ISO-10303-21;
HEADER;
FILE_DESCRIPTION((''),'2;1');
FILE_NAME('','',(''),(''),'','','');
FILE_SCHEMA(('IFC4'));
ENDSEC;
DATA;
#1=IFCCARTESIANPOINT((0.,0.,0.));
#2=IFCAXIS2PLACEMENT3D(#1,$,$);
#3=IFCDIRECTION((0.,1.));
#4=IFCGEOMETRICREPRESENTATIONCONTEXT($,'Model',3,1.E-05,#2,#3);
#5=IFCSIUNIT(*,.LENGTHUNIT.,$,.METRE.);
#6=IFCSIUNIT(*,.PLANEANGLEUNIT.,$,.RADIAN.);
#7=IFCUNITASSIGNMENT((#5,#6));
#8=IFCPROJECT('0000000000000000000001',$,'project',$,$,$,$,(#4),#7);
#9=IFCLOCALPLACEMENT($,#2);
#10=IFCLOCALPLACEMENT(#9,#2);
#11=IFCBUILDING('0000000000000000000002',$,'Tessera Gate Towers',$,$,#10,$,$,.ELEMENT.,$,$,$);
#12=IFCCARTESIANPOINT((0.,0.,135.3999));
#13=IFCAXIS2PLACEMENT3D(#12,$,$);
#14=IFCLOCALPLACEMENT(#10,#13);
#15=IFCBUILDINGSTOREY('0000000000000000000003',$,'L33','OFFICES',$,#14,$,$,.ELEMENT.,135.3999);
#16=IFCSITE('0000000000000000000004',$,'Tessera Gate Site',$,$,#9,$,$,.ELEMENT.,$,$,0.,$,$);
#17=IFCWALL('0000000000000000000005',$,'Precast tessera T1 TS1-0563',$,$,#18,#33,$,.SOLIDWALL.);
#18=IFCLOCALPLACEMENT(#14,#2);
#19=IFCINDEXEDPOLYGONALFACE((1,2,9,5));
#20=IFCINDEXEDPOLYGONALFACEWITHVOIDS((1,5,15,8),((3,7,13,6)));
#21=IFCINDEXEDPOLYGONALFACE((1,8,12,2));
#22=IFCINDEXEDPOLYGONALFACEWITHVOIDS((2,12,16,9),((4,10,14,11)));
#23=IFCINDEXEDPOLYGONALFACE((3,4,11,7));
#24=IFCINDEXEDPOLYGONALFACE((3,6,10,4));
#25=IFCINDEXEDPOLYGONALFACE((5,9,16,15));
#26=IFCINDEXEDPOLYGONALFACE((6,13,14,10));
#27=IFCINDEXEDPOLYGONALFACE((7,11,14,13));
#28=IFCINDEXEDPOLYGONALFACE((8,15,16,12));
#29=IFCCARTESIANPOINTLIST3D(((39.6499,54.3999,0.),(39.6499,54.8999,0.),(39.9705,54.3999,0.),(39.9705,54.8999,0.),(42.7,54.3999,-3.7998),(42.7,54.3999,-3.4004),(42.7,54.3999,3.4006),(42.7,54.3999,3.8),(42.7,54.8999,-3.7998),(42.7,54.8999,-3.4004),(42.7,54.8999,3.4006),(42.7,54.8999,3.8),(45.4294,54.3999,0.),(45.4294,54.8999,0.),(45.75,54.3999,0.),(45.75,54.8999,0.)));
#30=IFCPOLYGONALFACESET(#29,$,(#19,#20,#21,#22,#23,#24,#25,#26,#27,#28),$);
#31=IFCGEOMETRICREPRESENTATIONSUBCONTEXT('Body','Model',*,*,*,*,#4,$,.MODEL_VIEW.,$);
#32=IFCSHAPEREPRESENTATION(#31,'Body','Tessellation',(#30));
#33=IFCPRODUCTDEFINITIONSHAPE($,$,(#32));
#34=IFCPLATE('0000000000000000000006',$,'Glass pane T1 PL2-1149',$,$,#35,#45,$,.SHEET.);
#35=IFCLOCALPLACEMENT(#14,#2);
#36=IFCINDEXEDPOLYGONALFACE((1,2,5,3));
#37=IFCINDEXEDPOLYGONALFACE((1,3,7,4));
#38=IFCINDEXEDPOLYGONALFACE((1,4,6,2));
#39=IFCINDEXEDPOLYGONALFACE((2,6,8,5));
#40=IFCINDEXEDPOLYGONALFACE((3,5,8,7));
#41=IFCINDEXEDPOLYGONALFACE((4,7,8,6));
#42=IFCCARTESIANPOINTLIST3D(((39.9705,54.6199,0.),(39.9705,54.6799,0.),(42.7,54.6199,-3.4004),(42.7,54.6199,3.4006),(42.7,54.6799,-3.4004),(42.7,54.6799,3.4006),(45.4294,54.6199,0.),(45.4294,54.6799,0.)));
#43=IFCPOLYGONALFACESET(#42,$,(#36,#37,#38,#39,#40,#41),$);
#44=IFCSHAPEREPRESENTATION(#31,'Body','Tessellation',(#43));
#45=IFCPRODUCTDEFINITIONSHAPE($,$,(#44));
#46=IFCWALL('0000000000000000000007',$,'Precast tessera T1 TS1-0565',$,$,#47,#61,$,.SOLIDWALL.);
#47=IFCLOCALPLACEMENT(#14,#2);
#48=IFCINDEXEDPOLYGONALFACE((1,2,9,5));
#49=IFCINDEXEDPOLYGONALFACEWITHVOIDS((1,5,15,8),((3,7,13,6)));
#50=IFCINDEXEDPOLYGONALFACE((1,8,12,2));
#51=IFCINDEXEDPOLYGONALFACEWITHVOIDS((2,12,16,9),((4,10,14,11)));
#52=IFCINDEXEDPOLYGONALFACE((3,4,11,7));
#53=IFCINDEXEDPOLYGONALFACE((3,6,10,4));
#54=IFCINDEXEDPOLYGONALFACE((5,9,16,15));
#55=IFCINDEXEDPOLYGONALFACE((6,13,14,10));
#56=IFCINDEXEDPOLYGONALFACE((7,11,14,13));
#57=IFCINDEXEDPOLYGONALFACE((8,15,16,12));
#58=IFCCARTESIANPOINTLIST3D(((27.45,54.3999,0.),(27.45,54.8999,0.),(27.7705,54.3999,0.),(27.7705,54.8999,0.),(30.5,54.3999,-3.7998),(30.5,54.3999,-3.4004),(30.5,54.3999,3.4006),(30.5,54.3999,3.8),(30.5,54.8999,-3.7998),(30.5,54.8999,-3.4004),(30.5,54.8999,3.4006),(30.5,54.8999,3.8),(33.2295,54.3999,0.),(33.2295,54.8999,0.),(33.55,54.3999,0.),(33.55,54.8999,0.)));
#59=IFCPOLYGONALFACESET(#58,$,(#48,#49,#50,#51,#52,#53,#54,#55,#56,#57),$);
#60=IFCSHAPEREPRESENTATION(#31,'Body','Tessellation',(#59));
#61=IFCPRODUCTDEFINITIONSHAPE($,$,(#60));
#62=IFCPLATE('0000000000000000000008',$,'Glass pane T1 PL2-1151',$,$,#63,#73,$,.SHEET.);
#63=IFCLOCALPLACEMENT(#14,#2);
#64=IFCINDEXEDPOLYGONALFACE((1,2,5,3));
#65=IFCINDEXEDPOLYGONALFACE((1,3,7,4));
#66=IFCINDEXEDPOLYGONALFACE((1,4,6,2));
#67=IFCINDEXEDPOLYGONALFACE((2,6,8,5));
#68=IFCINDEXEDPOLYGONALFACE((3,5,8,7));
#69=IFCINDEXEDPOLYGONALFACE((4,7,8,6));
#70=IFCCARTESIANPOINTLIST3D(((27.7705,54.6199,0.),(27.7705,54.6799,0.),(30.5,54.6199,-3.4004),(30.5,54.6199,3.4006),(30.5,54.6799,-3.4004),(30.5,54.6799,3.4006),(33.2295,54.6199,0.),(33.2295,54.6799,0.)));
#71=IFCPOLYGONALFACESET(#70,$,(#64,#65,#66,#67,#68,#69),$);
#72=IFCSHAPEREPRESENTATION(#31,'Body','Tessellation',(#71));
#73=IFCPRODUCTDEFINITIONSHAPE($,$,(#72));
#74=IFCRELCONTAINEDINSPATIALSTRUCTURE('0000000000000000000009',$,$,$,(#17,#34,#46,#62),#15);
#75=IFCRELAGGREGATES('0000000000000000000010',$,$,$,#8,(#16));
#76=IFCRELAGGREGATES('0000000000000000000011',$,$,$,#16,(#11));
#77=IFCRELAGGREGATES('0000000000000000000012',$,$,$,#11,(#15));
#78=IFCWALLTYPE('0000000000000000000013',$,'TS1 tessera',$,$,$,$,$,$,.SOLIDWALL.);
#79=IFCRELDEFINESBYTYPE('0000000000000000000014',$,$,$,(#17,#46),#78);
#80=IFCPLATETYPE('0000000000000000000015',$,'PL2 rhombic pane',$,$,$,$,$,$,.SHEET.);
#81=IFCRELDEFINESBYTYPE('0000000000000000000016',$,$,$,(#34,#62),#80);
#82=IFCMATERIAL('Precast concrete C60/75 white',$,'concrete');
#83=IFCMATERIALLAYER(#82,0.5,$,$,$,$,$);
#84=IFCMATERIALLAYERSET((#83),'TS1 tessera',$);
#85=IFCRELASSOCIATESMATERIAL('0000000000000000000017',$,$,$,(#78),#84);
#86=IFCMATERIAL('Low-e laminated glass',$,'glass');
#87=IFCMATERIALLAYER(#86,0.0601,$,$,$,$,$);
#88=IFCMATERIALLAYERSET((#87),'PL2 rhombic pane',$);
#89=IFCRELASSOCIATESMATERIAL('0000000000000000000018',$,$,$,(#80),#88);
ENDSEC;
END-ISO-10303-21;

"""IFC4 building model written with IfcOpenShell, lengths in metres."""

from ifc_helpers import new_model, si_unit, direction, frame, origin, place, context, subcontext, project, spatial, polyline, outline, extrude, source, transform, mapped, material, layer, layer_set, type_object, element, fill, save


model = new_model("IFC4")

# Units and contexts
model_context = context("Model", 3, precision=1e-05, world=origin(), true_north=direction((0.0, 1.0)))
body_context = subcontext(model_context, "Body", "Model", "MODEL_VIEW")
ifc_project = project(units=[si_unit("LENGTHUNIT", "METRE"), si_unit("PLANEANGLEUNIT", "RADIAN")], contexts=[model_context])

# Site, building, storey
site_placement = place(None, origin())
site = spatial("IfcSite", under=ifc_project, at=site_placement, Name="Tessera Gate Site", CompositionType="ELEMENT", RefElevation=0.0)
building_placement = place(site_placement, origin())
building = spatial("IfcBuilding", under=site, at=building_placement, Name="Tessera Gate Towers", CompositionType="ELEMENT")
storey_placement = place(building_placement, frame((0.0, 0.0, 135.3999)))
storey = spatial("IfcBuildingStorey", under=building, at=storey_placement, Name="L33", Description="OFFICES", CompositionType="ELEMENT", Elevation=135.3999)

# Walls, openings, plates
ifc_material_1 = material(Name="Precast concrete C60/75 white", Category="concrete")
ifc_layer_1 = layer(ifc_material_1, 0.5)
ifc_layer_set_1 = layer_set([ifc_layer_1], Name="TS1 tessera")
wall_type_1 = type_object("IfcWallType", Name="TS1 tessera", PredefinedType="SOLIDWALL", material=ifc_layer_set_1)
shared_shape_1 = source(origin(), body_context, "Body", "SweptSolid", [
    extrude(outline(polyline([(3.05, 0.0), (6.1001, 3.7998), (3.05, 7.5999), (0.0, 3.7998), (3.05, 0.0)])), frame((0.0, 0.25, 0.0), z_axis=(0.0, -1.0, 0.0), x_axis=(1.0, 0.0, 0.0)), (0.0, 0.0, 1.0), 0.5),
])
wall_1_placement = place(storey_placement, frame((45.75, 54.6499, -3.7998), z_axis=(0.0, 0.0, 1.0), x_axis=(-1.0, 0.0, 0.0)))
wall_1 = element("IfcWall", 1, at=wall_1_placement, inside=storey, type_object=wall_type_1, Name="Precast tessera T1 TS1-0563", PredefinedType="SOLIDWALL", context=body_context, shape_type="MappedRepresentation", body=[
    mapped(shared_shape_1, transform((0.0, 0.0, 0.0), scale=1.0)),
])
shared_shape_2 = source(origin(), body_context, "Body", "SweptSolid", [
    extrude(outline(polyline([(3.05, 0.3994), (5.7795, 3.7998), (3.05, 7.2004), (0.3206, 3.7998), (3.05, 0.3994)])), frame((0.0, 0.26, 0.0), z_axis=(0.0, -1.0, 0.0), x_axis=(1.0, 0.0, 0.0)), (0.0, 0.0, 1.0), 0.52),
])
opening_1_placement = place(wall_1_placement, origin())
opening_1 = element("IfcOpeningElement", 2, at=opening_1_placement, cuts=wall_1, PredefinedType="OPENING", context=body_context, shape_type="MappedRepresentation", body=[
    mapped(shared_shape_2, transform((0.0, 0.0, 0.0), scale=1.0)),
])
ifc_material_2 = material(Name="Low-e laminated glass", Category="glass")
ifc_layer_2 = layer(ifc_material_2, 0.0601)
ifc_layer_set_2 = layer_set([ifc_layer_2], Name="PL2 rhombic pane")
plate_type = type_object("IfcPlateType", Name="PL2 rhombic pane", PredefinedType="SHEET", material=ifc_layer_set_2)
shared_shape_3 = source(origin(), body_context, "Body", "SweptSolid", [
    extrude(outline(polyline([(3.05, 0.3994), (5.7795, 3.7998), (3.05, 7.2004), (0.3206, 3.7998), (3.05, 0.3994)])), frame((0.0, 0.03, 0.0), z_axis=(0.0, -1.0, 0.0), x_axis=(1.0, 0.0, 0.0)), (0.0, 0.0, 1.0), 0.0601),
])
plate_1_placement = place(opening_1_placement, origin())
plate_1 = element("IfcPlate", 3, at=plate_1_placement, inside=storey, type_object=plate_type, Name="Glass pane T1 PL2-1149", PredefinedType="SHEET", context=body_context, shape_type="MappedRepresentation", body=[
    mapped(shared_shape_3, transform((0.0, 0.0, 0.0), scale=1.0)),
])
fill(opening_1, plate_1)
wall_2_placement = place(storey_placement, frame((33.55, 54.6499, -3.7998), z_axis=(0.0, 0.0, 1.0), x_axis=(-1.0, 0.0, 0.0)))
wall_2 = element("IfcWall", 4, at=wall_2_placement, inside=storey, type_object=wall_type_1, Name="Precast tessera T1 TS1-0565", PredefinedType="SOLIDWALL", context=body_context, shape_type="MappedRepresentation", body=[
    mapped(shared_shape_1, transform((0.0, 0.0, 0.0), scale=1.0)),
])
opening_2_placement = place(wall_2_placement, origin())
opening_2 = element("IfcOpeningElement", 5, at=opening_2_placement, cuts=wall_2, PredefinedType="OPENING", context=body_context, shape_type="MappedRepresentation", body=[
    mapped(shared_shape_2, transform((0.0, 0.0, 0.0), scale=1.0)),
])
plate_2_placement = place(opening_2_placement, origin())
plate_2 = element("IfcPlate", 6, at=plate_2_placement, inside=storey, type_object=plate_type, Name="Glass pane T1 PL2-1151", PredefinedType="SHEET", context=body_context, shape_type="MappedRepresentation", body=[
    mapped(shared_shape_3, transform((0.0, 0.0, 0.0), scale=1.0)),
])
fill(opening_2, plate_2)

save(model, "model.ifc")
